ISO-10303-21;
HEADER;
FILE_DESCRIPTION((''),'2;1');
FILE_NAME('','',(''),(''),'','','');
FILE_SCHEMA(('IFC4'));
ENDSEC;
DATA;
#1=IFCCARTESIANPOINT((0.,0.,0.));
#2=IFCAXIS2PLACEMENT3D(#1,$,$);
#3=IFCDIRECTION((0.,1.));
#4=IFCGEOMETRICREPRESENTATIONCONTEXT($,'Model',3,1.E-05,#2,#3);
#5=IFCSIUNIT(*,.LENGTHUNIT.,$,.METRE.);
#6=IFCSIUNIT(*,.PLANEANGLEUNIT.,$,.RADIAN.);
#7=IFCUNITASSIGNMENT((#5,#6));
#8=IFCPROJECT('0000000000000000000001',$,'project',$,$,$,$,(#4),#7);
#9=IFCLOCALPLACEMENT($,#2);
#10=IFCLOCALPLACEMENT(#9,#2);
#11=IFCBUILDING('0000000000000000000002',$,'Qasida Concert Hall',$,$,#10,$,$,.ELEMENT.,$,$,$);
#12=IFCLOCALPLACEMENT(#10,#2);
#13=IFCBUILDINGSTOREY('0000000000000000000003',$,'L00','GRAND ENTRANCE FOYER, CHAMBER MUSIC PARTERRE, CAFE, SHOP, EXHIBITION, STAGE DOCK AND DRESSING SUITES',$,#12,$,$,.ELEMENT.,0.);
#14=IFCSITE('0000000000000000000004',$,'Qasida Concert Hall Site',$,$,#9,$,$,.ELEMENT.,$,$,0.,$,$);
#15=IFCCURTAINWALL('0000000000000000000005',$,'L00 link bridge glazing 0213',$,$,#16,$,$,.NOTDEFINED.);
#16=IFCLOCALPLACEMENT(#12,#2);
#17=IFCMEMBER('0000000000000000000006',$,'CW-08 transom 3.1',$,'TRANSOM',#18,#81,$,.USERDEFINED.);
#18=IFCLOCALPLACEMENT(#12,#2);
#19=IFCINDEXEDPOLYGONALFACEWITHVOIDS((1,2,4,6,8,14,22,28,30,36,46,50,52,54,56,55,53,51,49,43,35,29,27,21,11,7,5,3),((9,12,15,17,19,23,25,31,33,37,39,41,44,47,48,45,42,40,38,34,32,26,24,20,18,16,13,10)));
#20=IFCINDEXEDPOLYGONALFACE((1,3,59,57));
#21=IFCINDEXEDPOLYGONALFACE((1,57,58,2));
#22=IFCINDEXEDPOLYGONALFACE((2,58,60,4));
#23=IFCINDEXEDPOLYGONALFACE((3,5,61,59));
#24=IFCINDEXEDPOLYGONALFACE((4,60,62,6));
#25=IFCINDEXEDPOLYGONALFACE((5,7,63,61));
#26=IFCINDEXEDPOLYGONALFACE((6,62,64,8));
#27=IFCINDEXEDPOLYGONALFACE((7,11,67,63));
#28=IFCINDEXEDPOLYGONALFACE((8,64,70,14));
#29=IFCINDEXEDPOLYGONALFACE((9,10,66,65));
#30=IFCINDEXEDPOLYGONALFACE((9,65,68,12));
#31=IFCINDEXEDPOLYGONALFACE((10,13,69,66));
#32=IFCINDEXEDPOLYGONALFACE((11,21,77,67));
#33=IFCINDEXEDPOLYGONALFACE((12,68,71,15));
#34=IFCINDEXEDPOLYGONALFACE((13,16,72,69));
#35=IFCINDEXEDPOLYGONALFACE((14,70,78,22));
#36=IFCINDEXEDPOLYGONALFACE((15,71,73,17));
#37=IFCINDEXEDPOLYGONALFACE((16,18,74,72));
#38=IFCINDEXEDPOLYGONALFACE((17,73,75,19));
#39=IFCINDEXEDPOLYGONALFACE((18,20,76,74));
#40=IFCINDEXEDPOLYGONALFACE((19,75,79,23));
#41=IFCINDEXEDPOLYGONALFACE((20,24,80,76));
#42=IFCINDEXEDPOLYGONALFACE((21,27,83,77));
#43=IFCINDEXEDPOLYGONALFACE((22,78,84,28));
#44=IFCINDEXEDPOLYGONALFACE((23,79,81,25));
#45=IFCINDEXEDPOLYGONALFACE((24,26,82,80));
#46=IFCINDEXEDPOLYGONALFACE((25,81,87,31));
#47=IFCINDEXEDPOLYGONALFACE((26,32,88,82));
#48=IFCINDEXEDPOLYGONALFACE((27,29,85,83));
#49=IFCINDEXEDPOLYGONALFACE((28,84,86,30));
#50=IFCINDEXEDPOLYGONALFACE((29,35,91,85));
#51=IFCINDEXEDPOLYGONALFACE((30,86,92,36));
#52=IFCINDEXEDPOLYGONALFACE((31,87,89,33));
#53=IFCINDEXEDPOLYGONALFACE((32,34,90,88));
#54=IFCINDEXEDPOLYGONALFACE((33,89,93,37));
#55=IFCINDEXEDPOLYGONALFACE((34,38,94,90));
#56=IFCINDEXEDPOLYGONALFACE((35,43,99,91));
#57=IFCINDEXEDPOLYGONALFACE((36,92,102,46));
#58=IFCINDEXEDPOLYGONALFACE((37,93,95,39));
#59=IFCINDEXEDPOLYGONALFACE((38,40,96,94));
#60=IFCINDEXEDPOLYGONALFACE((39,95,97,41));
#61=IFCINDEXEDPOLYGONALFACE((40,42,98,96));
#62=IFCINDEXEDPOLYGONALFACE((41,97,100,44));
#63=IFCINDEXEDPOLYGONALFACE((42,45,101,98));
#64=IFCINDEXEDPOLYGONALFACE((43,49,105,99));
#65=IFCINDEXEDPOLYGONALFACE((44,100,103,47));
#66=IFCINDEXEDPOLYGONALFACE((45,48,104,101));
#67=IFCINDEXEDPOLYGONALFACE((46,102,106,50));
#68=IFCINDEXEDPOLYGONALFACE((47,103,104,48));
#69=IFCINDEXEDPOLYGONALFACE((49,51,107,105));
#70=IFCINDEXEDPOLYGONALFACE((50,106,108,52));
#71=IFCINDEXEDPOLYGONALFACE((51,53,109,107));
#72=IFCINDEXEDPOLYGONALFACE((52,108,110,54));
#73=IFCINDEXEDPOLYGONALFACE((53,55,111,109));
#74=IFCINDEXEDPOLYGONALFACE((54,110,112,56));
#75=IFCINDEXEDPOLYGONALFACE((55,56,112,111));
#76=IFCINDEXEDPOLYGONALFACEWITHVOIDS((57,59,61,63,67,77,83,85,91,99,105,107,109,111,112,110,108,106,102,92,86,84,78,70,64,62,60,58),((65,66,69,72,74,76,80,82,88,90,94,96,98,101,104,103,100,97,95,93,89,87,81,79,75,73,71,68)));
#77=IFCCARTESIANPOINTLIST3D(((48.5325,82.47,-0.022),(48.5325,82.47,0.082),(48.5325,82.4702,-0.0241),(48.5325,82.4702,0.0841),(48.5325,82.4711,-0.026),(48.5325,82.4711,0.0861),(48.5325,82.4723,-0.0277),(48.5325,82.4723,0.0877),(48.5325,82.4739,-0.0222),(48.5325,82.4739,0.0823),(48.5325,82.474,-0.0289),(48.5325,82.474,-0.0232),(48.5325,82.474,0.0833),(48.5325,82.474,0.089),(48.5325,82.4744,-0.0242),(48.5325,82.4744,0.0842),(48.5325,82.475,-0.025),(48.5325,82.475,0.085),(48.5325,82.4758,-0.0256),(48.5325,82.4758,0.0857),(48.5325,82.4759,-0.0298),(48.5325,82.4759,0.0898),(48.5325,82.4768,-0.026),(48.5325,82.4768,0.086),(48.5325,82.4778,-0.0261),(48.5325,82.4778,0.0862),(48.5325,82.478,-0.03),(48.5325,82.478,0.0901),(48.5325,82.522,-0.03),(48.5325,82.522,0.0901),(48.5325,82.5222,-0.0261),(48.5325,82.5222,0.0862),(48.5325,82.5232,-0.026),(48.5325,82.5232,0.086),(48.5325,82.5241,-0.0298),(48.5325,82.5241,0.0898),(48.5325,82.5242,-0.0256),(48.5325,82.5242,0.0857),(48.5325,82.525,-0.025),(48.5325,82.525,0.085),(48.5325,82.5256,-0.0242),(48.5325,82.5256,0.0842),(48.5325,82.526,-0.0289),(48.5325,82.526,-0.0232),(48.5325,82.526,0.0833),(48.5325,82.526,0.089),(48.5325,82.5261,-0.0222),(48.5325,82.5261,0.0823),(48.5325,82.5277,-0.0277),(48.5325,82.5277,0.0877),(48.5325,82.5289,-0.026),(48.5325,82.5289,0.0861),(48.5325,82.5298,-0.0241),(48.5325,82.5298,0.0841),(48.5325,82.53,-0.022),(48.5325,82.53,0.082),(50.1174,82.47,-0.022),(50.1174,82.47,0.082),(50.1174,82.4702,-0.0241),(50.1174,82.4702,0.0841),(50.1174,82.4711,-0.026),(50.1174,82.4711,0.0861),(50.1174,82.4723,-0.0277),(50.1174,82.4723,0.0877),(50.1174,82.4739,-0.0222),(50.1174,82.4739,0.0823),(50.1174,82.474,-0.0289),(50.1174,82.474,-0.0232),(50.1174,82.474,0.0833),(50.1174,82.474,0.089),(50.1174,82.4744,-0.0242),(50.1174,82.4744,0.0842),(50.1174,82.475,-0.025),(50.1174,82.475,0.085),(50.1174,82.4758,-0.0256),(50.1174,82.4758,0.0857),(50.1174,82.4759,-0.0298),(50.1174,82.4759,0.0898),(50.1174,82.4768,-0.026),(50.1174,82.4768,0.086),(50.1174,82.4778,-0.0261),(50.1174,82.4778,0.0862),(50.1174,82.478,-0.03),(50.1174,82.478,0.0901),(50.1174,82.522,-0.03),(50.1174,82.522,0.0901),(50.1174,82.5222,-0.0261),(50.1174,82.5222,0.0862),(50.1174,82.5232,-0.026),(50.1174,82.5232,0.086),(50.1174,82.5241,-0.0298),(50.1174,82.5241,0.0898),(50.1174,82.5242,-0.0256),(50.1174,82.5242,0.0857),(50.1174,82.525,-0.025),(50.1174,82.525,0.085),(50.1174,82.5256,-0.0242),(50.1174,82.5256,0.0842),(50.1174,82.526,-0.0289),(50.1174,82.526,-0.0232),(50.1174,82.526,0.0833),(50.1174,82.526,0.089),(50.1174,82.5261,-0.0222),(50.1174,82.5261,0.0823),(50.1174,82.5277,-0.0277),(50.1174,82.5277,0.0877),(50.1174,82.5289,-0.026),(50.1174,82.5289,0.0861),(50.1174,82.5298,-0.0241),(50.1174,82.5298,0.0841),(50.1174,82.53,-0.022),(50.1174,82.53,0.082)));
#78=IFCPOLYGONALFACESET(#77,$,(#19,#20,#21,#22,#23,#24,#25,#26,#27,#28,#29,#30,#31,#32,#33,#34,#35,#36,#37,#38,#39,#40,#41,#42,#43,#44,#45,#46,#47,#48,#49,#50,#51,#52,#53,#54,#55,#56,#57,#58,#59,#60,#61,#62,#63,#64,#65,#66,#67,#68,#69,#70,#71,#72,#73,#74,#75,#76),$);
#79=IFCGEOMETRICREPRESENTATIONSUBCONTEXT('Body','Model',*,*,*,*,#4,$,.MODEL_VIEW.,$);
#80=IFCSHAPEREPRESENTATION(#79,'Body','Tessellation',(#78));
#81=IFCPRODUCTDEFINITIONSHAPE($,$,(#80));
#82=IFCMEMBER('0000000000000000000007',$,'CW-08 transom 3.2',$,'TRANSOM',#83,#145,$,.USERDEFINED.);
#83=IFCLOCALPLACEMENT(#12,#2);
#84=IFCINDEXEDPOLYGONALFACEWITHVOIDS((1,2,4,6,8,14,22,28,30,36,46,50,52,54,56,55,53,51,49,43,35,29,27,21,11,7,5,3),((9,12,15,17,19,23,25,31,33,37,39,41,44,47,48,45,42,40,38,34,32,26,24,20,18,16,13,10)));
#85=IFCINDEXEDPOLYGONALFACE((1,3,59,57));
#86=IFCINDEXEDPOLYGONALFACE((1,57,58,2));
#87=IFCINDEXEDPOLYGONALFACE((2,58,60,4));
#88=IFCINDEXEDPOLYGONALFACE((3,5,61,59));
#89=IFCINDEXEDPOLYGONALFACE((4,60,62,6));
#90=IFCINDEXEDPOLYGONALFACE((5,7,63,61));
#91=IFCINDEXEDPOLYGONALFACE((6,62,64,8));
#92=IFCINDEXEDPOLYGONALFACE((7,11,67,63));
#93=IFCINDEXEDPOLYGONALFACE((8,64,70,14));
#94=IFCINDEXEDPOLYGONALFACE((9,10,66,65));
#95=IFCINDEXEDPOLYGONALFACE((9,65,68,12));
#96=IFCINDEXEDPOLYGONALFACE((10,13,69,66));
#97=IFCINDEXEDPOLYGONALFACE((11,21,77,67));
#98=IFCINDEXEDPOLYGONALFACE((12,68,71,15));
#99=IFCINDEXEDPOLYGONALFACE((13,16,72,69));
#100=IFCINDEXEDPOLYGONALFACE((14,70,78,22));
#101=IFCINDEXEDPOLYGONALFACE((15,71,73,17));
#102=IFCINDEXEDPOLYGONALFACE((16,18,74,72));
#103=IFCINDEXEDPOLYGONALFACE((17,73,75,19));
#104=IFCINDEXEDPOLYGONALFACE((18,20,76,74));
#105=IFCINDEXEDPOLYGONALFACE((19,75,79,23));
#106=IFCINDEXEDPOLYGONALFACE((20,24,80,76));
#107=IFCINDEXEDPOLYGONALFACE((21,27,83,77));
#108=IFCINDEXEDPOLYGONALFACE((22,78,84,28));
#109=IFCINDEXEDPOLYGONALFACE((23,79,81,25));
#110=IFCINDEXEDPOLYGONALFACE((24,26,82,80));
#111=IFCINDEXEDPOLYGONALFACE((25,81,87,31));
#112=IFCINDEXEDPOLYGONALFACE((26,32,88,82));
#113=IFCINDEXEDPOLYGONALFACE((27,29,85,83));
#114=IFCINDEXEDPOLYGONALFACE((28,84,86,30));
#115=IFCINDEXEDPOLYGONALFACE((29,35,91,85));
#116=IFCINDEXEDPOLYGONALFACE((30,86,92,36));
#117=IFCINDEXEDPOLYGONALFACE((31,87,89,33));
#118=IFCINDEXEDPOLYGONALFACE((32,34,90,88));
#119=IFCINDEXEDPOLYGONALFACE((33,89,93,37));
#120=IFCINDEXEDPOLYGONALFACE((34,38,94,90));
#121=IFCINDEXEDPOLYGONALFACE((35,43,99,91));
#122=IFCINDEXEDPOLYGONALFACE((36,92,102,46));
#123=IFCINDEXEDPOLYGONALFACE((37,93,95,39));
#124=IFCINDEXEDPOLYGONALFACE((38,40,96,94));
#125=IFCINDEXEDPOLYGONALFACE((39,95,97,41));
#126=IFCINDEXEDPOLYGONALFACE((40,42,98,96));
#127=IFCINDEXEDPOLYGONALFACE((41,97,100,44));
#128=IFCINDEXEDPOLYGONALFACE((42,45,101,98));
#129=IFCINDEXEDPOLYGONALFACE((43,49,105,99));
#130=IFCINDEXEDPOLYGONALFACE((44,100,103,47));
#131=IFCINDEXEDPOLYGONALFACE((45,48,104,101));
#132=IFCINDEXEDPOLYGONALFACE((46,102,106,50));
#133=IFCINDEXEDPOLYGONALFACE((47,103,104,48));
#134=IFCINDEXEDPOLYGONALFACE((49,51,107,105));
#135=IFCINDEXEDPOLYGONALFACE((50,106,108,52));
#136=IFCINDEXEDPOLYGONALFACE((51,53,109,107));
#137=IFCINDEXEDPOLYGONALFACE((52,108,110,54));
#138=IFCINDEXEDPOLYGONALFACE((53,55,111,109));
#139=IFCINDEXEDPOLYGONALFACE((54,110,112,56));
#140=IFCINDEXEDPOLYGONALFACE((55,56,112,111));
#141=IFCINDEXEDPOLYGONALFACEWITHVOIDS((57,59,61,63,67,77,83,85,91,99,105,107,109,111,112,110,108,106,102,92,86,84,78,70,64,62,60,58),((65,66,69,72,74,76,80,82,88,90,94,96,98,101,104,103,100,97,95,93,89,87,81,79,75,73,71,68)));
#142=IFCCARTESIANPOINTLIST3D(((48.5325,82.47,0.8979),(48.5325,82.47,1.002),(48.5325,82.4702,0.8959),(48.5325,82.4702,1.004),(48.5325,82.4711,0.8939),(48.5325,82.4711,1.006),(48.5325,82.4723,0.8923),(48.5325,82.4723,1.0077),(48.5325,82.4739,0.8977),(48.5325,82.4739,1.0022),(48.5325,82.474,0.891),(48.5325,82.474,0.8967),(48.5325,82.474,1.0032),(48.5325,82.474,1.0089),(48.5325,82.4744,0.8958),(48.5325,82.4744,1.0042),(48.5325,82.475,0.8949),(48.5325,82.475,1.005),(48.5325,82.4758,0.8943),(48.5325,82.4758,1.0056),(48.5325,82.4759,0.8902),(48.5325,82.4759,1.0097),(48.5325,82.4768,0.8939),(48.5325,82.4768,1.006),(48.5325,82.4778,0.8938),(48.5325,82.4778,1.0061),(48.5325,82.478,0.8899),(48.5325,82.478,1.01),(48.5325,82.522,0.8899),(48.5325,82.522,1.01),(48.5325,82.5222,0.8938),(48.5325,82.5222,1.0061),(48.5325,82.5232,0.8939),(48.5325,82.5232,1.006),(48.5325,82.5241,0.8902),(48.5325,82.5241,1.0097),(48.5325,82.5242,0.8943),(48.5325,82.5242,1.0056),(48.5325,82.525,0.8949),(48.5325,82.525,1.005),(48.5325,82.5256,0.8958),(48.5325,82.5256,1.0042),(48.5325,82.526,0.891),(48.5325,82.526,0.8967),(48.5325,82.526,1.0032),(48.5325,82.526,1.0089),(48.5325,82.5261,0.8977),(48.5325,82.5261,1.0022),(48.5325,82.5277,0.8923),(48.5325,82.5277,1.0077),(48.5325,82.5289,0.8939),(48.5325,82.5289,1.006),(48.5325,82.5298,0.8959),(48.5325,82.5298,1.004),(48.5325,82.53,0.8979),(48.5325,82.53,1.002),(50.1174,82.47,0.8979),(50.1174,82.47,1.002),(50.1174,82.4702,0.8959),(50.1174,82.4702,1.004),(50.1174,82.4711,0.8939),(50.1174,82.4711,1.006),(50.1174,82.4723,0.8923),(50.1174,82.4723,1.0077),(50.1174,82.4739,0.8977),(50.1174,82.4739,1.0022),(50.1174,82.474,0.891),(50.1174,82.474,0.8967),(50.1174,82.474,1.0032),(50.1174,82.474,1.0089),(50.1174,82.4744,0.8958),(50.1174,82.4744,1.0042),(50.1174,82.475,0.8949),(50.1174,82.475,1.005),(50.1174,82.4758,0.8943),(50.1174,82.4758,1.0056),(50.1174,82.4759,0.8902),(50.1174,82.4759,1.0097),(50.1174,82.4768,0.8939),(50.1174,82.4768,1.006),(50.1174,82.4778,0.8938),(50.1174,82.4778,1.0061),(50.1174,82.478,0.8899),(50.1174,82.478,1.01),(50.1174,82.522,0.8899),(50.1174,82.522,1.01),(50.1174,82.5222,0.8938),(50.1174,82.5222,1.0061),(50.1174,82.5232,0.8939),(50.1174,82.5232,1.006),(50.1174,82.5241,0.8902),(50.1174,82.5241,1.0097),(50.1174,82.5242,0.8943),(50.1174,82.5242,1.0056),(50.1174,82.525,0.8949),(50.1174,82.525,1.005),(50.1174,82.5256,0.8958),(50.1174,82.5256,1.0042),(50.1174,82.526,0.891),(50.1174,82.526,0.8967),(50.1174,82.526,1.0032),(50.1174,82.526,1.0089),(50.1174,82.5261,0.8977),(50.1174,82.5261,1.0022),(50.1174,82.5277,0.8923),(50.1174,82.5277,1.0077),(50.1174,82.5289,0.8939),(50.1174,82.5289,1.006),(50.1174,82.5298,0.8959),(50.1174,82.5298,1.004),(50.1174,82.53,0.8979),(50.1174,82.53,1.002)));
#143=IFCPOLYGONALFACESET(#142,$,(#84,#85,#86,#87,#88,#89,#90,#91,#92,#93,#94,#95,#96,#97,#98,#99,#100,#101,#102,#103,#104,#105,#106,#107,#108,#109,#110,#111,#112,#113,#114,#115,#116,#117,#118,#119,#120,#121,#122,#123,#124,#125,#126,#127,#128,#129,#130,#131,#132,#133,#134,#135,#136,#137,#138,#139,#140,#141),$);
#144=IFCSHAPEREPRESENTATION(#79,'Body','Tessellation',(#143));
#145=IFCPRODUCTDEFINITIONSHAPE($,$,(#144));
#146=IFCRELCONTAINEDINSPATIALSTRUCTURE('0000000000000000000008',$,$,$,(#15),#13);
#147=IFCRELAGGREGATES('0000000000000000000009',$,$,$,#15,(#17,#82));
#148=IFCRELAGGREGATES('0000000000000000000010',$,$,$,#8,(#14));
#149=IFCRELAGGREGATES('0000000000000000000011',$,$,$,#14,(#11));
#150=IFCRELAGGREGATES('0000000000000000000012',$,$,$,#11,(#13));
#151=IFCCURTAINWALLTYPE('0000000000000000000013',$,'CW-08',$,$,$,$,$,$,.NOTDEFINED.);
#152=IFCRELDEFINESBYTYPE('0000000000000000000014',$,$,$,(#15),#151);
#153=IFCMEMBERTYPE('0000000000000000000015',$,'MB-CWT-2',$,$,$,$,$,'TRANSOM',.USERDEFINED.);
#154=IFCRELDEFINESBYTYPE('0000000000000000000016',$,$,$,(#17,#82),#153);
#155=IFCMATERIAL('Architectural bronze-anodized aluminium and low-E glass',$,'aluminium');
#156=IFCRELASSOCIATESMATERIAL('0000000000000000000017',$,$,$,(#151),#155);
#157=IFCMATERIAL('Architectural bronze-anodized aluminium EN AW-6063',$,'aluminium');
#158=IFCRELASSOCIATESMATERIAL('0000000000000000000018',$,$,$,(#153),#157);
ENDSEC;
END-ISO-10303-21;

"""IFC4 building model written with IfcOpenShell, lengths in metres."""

from ifc_helpers import new_model, si_unit, direction, frame, origin, origin_2d, place, context, subcontext, project, spatial, hollow_rectangle, extrude, material, material_profile, profile_set, type_object, element, aggregate, save


model = new_model("IFC4")

# Units and contexts
model_context = context("Model", 3, precision=1e-05, world=origin(), true_north=direction((0.0, 1.0)))
body_context = subcontext(model_context, "Body", "Model", "MODEL_VIEW")
ifc_project = project(units=[si_unit("LENGTHUNIT", "METRE"), si_unit("PLANEANGLEUNIT", "RADIAN")], contexts=[model_context])

# Site, building, storey
site_placement = place(None, origin())
site = spatial("IfcSite", under=ifc_project, at=site_placement, Name="Qasida Concert Hall Site", CompositionType="ELEMENT", RefElevation=0.0)
building_placement = place(site_placement, origin())
building = spatial("IfcBuilding", under=site, at=building_placement, Name="Qasida Concert Hall", CompositionType="ELEMENT")
storey_placement = place(building_placement, origin())
storey = spatial("IfcBuildingStorey", under=building, at=storey_placement, Name="L00", Description="GRAND ENTRANCE FOYER, CHAMBER MUSIC PARTERRE, CAFE, SHOP, EXHIBITION, STAGE DOCK AND DRESSING SUITES", CompositionType="ELEMENT", Elevation=0.0)

# Curtain wall, members
ifc_material_1 = material(Name="Architectural bronze-anodized aluminium and low-E glass", Category="aluminium")
curtain_wall_type = type_object("IfcCurtainWallType", Name="CW-08", PredefinedType="NOTDEFINED", material=ifc_material_1)
curtain_wall_placement = place(storey_placement, origin())
curtain_wall = element("IfcCurtainWall", 1, at=curtain_wall_placement, inside=storey, type_object=curtain_wall_type, Name="L00 link bridge glazing 0213", PredefinedType="NOTDEFINED")
ifc_material_2 = material(Name="Architectural bronze-anodized aluminium EN AW-6063", Category="aluminium")
ifc_material_profile_1 = material_profile(ifc_material_2, hollow_rectangle(XDim=0.0601, YDim=0.1201, WallThickness=0.0039, InnerFilletRadius=0.0039, OuterFilletRadius=0.0081, at=origin_2d()), Name="CWT 120x60x4")
ifc_profile_set_1 = profile_set([ifc_material_profile_1], Name="Architectural bronze-anodized aluminium EN AW-6063")
member_type_1 = type_object("IfcMemberType", Name="MB-CWT-2", ElementType="TRANSOM", PredefinedType="USERDEFINED", material=ifc_profile_set_1)
member_1_placement = place(storey_placement, frame((48.5325, 82.5, 0.03), z_axis=(1.0, 0.0, 0.0), x_axis=(0.0, 1.0, 0.0)))
member_1 = element("IfcMember", 2, at=member_1_placement, type_object=member_type_1, Name="CW-08 transom 3.1", ObjectType="TRANSOM", PredefinedType="USERDEFINED", context=body_context, shape_type="SweptSolid", body=[
    extrude(hollow_rectangle(XDim=0.0601, YDim=0.1201, WallThickness=0.0039, InnerFilletRadius=0.0039, OuterFilletRadius=0.0081, at=origin_2d()), origin(), (0.0, 0.0, 1.0), 1.585),
])
member_2_placement = place(storey_placement, frame((48.5325, 82.5, 0.95), z_axis=(1.0, 0.0, 0.0), x_axis=(0.0, 1.0, 0.0)))
member_2 = element("IfcMember", 3, at=member_2_placement, type_object=member_type_1, Name="CW-08 transom 3.2", ObjectType="TRANSOM", PredefinedType="USERDEFINED", context=body_context, shape_type="SweptSolid", body=[
    extrude(hollow_rectangle(XDim=0.0601, YDim=0.1201, WallThickness=0.0039, InnerFilletRadius=0.0039, OuterFilletRadius=0.0081, at=origin_2d()), origin(), (0.0, 0.0, 1.0), 1.585),
])
aggregate(curtain_wall, [member_1, member_2])

save(model, "model.ifc")
